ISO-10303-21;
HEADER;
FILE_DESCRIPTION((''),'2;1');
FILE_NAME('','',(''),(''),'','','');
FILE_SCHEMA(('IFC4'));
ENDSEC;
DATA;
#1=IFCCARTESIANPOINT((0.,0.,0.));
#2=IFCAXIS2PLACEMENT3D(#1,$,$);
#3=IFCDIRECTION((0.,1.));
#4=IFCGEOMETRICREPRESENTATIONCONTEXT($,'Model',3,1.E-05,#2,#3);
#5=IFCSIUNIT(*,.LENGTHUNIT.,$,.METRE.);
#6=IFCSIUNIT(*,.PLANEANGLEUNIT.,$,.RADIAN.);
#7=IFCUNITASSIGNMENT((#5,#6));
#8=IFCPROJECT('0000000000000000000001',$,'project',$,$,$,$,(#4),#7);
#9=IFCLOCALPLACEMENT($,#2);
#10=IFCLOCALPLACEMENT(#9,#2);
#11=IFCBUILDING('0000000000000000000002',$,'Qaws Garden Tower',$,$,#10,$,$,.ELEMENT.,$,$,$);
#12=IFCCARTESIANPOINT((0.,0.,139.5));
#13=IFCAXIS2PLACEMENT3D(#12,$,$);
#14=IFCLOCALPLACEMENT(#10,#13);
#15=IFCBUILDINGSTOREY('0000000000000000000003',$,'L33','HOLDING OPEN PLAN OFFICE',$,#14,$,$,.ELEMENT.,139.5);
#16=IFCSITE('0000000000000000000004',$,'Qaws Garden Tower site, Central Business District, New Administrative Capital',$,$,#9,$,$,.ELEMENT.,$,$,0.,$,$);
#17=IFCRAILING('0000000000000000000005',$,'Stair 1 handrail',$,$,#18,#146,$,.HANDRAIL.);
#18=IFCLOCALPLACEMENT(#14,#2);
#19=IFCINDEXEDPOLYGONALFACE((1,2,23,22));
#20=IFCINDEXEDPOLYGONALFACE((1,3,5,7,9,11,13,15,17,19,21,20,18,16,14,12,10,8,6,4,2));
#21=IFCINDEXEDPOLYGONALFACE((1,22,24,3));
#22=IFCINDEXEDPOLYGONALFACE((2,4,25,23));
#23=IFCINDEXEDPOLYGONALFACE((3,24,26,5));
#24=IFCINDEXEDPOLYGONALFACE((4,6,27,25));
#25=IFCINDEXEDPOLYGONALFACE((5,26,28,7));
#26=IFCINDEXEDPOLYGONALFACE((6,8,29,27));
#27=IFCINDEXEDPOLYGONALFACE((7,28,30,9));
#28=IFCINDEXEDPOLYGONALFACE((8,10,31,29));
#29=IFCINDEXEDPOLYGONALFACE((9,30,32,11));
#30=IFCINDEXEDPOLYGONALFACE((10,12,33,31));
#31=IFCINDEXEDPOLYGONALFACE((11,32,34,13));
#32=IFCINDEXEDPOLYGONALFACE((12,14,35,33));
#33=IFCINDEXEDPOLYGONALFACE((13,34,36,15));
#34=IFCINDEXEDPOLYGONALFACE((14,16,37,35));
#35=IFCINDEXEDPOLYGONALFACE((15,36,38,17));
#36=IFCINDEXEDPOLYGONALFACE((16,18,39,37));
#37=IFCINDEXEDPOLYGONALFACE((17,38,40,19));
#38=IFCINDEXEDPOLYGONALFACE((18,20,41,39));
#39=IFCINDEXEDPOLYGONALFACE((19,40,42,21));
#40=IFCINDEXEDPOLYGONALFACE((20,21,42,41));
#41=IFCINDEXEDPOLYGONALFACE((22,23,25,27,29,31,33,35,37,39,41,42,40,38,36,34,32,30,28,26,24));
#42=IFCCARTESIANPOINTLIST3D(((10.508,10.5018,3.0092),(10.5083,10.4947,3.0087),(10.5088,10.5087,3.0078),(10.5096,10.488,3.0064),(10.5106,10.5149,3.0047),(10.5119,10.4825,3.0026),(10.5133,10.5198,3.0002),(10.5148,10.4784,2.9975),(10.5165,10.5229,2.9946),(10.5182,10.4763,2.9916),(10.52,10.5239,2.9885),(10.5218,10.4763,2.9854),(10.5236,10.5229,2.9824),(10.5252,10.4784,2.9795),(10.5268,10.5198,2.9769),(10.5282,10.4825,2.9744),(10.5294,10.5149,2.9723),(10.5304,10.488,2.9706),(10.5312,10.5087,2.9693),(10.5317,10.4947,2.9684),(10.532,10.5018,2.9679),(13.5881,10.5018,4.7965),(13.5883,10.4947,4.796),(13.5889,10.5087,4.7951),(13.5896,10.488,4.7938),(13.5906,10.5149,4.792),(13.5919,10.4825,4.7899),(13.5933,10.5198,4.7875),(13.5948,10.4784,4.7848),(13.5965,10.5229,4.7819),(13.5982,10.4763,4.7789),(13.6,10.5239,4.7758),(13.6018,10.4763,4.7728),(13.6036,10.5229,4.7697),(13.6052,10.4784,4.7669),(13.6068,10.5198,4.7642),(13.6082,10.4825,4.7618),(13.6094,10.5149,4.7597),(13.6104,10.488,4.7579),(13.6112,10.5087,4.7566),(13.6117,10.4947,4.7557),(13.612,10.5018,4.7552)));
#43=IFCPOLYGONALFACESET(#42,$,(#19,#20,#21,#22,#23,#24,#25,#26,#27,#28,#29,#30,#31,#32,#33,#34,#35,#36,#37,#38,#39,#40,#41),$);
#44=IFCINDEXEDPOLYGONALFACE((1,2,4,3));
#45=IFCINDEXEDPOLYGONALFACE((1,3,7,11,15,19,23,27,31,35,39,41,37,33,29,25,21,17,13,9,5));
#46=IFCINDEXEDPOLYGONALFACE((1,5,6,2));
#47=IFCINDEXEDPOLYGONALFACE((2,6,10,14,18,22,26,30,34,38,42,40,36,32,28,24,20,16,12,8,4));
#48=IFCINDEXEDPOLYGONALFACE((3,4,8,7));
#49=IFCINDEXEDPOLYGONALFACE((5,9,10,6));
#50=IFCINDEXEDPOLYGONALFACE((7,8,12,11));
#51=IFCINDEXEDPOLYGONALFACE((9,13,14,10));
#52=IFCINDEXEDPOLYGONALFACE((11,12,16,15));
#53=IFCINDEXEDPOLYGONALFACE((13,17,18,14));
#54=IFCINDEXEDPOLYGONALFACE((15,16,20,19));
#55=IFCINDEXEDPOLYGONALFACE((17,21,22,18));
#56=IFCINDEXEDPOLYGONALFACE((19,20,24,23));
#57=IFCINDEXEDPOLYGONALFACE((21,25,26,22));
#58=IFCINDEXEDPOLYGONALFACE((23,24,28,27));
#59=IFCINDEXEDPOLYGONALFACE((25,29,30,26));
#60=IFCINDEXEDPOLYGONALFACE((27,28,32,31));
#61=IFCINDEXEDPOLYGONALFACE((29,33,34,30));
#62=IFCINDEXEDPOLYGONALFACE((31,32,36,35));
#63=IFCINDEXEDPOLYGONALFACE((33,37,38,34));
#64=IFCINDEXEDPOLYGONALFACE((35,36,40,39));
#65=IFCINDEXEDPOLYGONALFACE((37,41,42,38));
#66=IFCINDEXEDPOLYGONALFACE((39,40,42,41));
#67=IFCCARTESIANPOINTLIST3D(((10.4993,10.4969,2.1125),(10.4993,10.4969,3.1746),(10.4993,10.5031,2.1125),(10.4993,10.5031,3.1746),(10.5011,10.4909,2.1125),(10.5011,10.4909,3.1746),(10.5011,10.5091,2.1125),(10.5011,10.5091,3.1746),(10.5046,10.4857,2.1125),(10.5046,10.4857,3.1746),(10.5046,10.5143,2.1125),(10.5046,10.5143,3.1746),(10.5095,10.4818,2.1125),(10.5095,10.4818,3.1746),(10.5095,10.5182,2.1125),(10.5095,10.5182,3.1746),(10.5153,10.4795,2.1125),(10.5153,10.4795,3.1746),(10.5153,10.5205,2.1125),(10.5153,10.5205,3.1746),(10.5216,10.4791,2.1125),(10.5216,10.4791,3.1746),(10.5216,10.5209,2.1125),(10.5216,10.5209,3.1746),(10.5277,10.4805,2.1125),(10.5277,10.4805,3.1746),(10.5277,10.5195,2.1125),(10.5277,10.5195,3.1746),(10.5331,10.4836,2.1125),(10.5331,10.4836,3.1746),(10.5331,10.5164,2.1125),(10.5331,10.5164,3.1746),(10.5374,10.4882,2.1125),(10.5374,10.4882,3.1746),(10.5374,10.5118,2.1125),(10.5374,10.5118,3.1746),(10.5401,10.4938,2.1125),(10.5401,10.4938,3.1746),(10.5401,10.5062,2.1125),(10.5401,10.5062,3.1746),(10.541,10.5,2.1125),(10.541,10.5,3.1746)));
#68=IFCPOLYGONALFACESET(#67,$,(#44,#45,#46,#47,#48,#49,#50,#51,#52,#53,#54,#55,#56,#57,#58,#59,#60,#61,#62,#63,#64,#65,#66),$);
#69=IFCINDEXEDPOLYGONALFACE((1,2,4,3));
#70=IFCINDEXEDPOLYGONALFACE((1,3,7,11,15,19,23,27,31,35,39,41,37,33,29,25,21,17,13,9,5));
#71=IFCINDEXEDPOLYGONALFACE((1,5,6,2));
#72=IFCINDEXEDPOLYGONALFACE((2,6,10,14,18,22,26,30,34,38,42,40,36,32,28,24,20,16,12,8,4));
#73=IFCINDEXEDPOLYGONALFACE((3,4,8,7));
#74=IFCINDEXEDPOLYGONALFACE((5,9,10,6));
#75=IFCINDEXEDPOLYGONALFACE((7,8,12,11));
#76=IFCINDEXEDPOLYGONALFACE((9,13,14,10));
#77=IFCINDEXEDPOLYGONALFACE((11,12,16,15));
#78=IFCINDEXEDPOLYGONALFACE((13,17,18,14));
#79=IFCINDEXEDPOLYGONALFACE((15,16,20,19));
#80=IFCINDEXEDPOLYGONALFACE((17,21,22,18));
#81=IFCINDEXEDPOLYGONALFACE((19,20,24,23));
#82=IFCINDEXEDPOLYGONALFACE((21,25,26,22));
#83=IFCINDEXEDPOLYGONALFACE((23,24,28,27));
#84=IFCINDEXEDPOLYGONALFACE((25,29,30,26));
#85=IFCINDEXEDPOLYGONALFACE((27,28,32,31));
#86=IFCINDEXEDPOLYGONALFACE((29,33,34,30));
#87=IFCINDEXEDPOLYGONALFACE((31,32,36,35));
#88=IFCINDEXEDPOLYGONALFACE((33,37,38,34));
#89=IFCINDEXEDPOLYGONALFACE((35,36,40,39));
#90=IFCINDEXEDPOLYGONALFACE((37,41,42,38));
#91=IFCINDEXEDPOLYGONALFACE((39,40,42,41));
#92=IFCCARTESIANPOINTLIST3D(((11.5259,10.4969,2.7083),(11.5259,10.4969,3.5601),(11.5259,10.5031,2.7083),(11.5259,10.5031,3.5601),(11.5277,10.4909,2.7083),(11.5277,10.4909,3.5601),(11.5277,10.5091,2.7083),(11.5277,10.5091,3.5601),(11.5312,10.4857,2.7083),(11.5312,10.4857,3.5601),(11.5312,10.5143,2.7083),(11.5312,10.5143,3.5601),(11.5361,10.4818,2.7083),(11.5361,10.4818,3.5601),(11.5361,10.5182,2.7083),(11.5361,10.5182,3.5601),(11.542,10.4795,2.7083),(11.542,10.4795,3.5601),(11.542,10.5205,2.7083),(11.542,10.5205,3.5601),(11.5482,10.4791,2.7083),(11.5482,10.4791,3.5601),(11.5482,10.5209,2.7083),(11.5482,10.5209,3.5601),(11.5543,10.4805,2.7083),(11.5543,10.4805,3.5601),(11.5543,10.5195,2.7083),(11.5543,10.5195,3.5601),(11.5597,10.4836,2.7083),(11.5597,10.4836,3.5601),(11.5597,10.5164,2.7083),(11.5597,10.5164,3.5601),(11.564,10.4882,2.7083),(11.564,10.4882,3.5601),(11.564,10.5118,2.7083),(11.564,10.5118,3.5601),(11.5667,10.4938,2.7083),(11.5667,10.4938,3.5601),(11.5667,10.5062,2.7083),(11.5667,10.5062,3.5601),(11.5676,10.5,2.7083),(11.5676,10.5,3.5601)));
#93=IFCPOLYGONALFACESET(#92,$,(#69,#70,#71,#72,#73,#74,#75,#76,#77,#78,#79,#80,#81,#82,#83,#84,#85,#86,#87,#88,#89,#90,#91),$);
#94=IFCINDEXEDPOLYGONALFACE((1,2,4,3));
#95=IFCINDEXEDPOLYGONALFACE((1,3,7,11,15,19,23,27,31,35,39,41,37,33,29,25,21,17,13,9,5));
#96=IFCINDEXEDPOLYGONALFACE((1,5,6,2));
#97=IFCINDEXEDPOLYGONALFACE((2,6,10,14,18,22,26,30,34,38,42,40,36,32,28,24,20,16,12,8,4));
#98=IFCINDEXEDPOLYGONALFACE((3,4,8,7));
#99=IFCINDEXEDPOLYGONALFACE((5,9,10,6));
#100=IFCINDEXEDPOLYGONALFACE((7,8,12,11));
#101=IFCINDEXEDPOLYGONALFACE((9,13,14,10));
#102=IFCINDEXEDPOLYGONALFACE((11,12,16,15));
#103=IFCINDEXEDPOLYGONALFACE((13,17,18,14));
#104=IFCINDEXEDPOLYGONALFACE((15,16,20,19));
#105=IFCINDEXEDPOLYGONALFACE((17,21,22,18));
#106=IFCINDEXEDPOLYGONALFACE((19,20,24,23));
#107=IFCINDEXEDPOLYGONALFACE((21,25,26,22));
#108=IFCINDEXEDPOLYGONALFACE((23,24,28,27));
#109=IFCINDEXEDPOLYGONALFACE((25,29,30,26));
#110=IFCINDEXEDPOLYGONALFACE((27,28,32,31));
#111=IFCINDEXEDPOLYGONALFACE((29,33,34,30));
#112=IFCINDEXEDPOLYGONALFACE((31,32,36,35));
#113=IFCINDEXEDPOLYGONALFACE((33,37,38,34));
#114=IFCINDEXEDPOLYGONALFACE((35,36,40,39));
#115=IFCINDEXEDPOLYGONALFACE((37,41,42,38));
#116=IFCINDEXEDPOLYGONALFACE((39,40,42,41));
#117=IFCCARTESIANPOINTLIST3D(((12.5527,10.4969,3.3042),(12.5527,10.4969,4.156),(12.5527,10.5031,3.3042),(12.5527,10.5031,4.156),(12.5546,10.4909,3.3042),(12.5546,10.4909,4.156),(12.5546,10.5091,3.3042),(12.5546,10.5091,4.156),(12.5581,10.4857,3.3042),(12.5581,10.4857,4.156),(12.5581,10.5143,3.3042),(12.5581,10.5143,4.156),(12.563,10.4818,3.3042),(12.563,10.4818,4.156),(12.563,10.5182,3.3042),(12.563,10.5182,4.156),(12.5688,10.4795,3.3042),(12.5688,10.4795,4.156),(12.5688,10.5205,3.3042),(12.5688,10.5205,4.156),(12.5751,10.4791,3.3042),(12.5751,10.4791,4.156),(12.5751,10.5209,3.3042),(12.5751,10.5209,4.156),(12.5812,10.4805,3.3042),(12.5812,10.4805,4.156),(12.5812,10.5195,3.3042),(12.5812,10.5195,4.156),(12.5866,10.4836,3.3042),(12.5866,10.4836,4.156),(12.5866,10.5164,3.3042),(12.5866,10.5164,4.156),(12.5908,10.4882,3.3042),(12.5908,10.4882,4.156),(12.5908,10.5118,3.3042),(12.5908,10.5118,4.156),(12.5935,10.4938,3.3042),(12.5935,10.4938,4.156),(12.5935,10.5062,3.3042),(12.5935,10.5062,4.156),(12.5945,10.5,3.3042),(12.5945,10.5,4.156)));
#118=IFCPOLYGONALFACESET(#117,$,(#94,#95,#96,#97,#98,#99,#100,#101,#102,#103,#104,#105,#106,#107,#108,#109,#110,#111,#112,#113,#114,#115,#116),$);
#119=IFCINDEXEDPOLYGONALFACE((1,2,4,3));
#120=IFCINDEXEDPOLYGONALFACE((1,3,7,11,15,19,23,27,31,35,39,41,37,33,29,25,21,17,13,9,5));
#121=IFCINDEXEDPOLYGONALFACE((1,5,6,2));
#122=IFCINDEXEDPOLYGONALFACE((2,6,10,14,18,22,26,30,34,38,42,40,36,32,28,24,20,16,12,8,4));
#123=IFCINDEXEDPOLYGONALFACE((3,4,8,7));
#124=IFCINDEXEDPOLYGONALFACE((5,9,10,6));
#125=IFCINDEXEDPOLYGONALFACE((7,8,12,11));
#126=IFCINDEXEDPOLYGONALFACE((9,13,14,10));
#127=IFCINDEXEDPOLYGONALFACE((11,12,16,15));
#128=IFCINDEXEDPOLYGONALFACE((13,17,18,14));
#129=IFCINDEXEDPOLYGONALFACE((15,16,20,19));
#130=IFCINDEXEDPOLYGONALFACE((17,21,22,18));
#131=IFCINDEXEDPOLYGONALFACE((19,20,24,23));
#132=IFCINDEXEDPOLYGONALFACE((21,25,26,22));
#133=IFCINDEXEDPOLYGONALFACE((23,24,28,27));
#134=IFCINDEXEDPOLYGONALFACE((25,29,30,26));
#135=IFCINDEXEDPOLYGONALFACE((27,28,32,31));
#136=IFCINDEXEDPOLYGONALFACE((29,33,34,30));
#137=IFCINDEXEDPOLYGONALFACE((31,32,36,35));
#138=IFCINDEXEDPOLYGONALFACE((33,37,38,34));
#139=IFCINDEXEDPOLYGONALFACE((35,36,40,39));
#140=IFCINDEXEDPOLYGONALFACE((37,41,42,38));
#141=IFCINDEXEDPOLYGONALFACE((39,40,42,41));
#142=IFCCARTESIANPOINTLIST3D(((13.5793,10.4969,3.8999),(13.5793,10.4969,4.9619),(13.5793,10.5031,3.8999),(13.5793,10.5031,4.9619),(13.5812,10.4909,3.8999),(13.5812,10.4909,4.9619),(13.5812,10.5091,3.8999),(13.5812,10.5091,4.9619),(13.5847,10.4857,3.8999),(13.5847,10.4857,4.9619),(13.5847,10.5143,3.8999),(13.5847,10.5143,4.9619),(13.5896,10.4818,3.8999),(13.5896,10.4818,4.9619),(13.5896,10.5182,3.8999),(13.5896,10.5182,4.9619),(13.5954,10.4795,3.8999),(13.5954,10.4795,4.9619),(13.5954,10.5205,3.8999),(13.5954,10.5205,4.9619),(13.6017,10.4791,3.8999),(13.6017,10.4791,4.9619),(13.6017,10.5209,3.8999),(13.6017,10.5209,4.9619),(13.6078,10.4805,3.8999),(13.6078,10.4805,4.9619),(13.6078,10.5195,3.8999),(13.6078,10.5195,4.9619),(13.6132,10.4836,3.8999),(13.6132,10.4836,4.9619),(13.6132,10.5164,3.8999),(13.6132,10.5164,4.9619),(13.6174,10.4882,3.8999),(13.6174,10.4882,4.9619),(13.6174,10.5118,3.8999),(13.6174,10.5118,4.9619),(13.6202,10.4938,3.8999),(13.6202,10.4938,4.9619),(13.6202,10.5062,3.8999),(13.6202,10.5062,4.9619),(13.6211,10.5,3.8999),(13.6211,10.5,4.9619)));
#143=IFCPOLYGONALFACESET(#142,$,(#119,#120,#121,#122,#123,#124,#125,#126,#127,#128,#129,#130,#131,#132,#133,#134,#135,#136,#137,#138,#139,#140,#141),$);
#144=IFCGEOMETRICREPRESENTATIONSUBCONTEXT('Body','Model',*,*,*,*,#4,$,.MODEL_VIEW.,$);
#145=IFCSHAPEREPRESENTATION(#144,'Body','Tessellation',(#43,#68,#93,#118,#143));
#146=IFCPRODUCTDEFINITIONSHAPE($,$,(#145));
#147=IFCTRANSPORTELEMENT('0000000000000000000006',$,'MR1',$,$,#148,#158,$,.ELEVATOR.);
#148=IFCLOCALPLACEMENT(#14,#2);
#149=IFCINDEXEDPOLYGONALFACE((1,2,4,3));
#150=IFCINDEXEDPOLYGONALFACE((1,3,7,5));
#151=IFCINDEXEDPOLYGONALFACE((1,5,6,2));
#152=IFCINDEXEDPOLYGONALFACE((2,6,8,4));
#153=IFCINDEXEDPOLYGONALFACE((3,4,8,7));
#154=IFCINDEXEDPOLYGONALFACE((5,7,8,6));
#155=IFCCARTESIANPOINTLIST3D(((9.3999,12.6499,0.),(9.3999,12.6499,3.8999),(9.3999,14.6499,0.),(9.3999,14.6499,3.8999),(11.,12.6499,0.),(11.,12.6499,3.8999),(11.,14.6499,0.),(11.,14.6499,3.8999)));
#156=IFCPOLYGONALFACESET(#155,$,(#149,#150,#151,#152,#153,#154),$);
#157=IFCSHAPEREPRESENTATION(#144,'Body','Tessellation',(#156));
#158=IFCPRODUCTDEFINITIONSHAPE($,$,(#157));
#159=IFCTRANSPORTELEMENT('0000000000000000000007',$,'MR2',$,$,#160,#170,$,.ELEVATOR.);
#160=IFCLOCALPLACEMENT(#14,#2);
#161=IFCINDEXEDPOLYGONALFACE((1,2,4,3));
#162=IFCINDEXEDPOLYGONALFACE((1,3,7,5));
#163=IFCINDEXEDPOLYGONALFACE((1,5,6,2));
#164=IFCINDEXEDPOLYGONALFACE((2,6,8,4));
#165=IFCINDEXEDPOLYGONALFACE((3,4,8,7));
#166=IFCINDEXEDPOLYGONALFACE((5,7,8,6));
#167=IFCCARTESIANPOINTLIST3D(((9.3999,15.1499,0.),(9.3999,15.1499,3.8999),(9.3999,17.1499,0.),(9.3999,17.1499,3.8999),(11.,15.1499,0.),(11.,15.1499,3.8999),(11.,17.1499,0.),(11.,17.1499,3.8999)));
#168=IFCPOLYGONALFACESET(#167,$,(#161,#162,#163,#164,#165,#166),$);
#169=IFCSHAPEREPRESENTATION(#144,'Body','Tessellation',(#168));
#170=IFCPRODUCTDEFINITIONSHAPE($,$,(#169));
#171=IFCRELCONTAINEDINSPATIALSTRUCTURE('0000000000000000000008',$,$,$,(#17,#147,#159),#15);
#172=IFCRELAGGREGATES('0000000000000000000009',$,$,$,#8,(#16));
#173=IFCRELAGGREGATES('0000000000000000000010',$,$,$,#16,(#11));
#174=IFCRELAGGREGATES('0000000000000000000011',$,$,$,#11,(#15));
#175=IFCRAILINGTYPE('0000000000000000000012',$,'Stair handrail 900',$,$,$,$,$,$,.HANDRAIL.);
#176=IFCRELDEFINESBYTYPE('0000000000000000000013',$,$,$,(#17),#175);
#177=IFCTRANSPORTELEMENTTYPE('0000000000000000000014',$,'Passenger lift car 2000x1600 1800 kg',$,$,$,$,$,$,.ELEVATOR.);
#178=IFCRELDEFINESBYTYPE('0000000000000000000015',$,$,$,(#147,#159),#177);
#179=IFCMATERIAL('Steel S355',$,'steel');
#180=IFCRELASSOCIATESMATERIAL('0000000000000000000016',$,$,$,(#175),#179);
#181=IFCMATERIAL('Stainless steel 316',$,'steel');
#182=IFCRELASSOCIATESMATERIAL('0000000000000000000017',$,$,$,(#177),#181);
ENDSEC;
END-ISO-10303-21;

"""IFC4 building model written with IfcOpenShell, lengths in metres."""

from ifc_helpers import new_model, si_unit, direction, frame, origin, origin_2d, place, context, subcontext, project, spatial, rectangle, circle, extrude, material, type_object, element, save


model = new_model("IFC4")

# Units and contexts
model_context = context("Model", 3, precision=1e-05, world=origin(), true_north=direction((0.0, 1.0)))
body_context = subcontext(model_context, "Body", "Model", "MODEL_VIEW")
ifc_project = project(units=[si_unit("LENGTHUNIT", "METRE"), si_unit("PLANEANGLEUNIT", "RADIAN")], contexts=[model_context])

# Site, building, storey
site_placement = place(None, origin())
site = spatial("IfcSite", under=ifc_project, at=site_placement, Name="Qaws Garden Tower site, Central Business District, New Administrative Capital", CompositionType="ELEMENT", RefElevation=0.0)
building_placement = place(site_placement, origin())
building = spatial("IfcBuilding", under=site, at=building_placement, Name="Qaws Garden Tower", CompositionType="ELEMENT")
storey_placement = place(building_placement, frame((0.0, 0.0, 139.5)))
storey = spatial("IfcBuildingStorey", under=building, at=storey_placement, Name="L33", Description="HOLDING OPEN PLAN OFFICE", CompositionType="ELEMENT", Elevation=139.5)

# Railing
ifc_material_1 = material(Name="Steel S355", Category="steel")
railing_type = type_object("IfcRailingType", Name="Stair handrail 900", PredefinedType="HANDRAIL", material=ifc_material_1)
railing_1_placement = place(storey_placement, frame((10.52, 10.5, 2.1125)))
element("IfcRailing", 1, at=railing_1_placement, inside=storey, type_object=railing_type, Name="Stair 1 handrail", PredefinedType="HANDRAIL", context=body_context, shape_type="SweptSolid", body=[
    extrude(circle(Radius=0.0239, at=origin_2d()), frame((0.0, 0.0, 0.876), z_axis=(0.86492, 0.0, 0.501909), x_axis=(0.0, 1.0, 0.0)), (0.0, 0.0, 1.0), 3.561),
    extrude(circle(Radius=0.021, at=origin_2d()), origin(), (0.0, 0.0, 1.0), 1.062),
    extrude(circle(Radius=0.021, at=origin_2d()), frame((1.0266, 0.0, 0.5957)), (0.0, 0.0, 1.0), 0.8518),
    extrude(circle(Radius=0.021, at=origin_2d()), frame((2.0535, 0.0, 1.1917)), (0.0, 0.0, 1.0), 0.8518),
    extrude(circle(Radius=0.021, at=origin_2d()), frame((3.0801, 0.0, 1.7874)), (0.0, 0.0, 1.0), 1.062),
])

# Transport elements
ifc_material_2 = material(Name="Stainless steel 316", Category="steel")
transport_element_type = type_object("IfcTransportElementType", Name="Passenger lift car 2000x1600 1800 kg", PredefinedType="ELEVATOR", material=ifc_material_2)
for number, where, z_axis, x_axis, name in (
    (2, (10.2, 13.6499, 0.0), (0.0, 0.0, 1.0), (1.0, 0.0, 0.0), "MR1"),
    (3, (10.2, 16.1499, 0.0), (0.0, 0.0, 1.0), (1.0, 0.0, 0.0), "MR2"),
):
    element("IfcTransportElement", number, at=place(storey_placement, frame(where, z_axis=z_axis, x_axis=x_axis)), inside=storey, type_object=transport_element_type, Name=name, PredefinedType="ELEVATOR", context=body_context, shape_type="SweptSolid", body=[
        extrude(rectangle(XDim=1.6001, YDim=2.0, at=origin_2d()), origin(), (0.0, 0.0, 1.0), 3.8999),
    ])

save(model, "model.ifc")
